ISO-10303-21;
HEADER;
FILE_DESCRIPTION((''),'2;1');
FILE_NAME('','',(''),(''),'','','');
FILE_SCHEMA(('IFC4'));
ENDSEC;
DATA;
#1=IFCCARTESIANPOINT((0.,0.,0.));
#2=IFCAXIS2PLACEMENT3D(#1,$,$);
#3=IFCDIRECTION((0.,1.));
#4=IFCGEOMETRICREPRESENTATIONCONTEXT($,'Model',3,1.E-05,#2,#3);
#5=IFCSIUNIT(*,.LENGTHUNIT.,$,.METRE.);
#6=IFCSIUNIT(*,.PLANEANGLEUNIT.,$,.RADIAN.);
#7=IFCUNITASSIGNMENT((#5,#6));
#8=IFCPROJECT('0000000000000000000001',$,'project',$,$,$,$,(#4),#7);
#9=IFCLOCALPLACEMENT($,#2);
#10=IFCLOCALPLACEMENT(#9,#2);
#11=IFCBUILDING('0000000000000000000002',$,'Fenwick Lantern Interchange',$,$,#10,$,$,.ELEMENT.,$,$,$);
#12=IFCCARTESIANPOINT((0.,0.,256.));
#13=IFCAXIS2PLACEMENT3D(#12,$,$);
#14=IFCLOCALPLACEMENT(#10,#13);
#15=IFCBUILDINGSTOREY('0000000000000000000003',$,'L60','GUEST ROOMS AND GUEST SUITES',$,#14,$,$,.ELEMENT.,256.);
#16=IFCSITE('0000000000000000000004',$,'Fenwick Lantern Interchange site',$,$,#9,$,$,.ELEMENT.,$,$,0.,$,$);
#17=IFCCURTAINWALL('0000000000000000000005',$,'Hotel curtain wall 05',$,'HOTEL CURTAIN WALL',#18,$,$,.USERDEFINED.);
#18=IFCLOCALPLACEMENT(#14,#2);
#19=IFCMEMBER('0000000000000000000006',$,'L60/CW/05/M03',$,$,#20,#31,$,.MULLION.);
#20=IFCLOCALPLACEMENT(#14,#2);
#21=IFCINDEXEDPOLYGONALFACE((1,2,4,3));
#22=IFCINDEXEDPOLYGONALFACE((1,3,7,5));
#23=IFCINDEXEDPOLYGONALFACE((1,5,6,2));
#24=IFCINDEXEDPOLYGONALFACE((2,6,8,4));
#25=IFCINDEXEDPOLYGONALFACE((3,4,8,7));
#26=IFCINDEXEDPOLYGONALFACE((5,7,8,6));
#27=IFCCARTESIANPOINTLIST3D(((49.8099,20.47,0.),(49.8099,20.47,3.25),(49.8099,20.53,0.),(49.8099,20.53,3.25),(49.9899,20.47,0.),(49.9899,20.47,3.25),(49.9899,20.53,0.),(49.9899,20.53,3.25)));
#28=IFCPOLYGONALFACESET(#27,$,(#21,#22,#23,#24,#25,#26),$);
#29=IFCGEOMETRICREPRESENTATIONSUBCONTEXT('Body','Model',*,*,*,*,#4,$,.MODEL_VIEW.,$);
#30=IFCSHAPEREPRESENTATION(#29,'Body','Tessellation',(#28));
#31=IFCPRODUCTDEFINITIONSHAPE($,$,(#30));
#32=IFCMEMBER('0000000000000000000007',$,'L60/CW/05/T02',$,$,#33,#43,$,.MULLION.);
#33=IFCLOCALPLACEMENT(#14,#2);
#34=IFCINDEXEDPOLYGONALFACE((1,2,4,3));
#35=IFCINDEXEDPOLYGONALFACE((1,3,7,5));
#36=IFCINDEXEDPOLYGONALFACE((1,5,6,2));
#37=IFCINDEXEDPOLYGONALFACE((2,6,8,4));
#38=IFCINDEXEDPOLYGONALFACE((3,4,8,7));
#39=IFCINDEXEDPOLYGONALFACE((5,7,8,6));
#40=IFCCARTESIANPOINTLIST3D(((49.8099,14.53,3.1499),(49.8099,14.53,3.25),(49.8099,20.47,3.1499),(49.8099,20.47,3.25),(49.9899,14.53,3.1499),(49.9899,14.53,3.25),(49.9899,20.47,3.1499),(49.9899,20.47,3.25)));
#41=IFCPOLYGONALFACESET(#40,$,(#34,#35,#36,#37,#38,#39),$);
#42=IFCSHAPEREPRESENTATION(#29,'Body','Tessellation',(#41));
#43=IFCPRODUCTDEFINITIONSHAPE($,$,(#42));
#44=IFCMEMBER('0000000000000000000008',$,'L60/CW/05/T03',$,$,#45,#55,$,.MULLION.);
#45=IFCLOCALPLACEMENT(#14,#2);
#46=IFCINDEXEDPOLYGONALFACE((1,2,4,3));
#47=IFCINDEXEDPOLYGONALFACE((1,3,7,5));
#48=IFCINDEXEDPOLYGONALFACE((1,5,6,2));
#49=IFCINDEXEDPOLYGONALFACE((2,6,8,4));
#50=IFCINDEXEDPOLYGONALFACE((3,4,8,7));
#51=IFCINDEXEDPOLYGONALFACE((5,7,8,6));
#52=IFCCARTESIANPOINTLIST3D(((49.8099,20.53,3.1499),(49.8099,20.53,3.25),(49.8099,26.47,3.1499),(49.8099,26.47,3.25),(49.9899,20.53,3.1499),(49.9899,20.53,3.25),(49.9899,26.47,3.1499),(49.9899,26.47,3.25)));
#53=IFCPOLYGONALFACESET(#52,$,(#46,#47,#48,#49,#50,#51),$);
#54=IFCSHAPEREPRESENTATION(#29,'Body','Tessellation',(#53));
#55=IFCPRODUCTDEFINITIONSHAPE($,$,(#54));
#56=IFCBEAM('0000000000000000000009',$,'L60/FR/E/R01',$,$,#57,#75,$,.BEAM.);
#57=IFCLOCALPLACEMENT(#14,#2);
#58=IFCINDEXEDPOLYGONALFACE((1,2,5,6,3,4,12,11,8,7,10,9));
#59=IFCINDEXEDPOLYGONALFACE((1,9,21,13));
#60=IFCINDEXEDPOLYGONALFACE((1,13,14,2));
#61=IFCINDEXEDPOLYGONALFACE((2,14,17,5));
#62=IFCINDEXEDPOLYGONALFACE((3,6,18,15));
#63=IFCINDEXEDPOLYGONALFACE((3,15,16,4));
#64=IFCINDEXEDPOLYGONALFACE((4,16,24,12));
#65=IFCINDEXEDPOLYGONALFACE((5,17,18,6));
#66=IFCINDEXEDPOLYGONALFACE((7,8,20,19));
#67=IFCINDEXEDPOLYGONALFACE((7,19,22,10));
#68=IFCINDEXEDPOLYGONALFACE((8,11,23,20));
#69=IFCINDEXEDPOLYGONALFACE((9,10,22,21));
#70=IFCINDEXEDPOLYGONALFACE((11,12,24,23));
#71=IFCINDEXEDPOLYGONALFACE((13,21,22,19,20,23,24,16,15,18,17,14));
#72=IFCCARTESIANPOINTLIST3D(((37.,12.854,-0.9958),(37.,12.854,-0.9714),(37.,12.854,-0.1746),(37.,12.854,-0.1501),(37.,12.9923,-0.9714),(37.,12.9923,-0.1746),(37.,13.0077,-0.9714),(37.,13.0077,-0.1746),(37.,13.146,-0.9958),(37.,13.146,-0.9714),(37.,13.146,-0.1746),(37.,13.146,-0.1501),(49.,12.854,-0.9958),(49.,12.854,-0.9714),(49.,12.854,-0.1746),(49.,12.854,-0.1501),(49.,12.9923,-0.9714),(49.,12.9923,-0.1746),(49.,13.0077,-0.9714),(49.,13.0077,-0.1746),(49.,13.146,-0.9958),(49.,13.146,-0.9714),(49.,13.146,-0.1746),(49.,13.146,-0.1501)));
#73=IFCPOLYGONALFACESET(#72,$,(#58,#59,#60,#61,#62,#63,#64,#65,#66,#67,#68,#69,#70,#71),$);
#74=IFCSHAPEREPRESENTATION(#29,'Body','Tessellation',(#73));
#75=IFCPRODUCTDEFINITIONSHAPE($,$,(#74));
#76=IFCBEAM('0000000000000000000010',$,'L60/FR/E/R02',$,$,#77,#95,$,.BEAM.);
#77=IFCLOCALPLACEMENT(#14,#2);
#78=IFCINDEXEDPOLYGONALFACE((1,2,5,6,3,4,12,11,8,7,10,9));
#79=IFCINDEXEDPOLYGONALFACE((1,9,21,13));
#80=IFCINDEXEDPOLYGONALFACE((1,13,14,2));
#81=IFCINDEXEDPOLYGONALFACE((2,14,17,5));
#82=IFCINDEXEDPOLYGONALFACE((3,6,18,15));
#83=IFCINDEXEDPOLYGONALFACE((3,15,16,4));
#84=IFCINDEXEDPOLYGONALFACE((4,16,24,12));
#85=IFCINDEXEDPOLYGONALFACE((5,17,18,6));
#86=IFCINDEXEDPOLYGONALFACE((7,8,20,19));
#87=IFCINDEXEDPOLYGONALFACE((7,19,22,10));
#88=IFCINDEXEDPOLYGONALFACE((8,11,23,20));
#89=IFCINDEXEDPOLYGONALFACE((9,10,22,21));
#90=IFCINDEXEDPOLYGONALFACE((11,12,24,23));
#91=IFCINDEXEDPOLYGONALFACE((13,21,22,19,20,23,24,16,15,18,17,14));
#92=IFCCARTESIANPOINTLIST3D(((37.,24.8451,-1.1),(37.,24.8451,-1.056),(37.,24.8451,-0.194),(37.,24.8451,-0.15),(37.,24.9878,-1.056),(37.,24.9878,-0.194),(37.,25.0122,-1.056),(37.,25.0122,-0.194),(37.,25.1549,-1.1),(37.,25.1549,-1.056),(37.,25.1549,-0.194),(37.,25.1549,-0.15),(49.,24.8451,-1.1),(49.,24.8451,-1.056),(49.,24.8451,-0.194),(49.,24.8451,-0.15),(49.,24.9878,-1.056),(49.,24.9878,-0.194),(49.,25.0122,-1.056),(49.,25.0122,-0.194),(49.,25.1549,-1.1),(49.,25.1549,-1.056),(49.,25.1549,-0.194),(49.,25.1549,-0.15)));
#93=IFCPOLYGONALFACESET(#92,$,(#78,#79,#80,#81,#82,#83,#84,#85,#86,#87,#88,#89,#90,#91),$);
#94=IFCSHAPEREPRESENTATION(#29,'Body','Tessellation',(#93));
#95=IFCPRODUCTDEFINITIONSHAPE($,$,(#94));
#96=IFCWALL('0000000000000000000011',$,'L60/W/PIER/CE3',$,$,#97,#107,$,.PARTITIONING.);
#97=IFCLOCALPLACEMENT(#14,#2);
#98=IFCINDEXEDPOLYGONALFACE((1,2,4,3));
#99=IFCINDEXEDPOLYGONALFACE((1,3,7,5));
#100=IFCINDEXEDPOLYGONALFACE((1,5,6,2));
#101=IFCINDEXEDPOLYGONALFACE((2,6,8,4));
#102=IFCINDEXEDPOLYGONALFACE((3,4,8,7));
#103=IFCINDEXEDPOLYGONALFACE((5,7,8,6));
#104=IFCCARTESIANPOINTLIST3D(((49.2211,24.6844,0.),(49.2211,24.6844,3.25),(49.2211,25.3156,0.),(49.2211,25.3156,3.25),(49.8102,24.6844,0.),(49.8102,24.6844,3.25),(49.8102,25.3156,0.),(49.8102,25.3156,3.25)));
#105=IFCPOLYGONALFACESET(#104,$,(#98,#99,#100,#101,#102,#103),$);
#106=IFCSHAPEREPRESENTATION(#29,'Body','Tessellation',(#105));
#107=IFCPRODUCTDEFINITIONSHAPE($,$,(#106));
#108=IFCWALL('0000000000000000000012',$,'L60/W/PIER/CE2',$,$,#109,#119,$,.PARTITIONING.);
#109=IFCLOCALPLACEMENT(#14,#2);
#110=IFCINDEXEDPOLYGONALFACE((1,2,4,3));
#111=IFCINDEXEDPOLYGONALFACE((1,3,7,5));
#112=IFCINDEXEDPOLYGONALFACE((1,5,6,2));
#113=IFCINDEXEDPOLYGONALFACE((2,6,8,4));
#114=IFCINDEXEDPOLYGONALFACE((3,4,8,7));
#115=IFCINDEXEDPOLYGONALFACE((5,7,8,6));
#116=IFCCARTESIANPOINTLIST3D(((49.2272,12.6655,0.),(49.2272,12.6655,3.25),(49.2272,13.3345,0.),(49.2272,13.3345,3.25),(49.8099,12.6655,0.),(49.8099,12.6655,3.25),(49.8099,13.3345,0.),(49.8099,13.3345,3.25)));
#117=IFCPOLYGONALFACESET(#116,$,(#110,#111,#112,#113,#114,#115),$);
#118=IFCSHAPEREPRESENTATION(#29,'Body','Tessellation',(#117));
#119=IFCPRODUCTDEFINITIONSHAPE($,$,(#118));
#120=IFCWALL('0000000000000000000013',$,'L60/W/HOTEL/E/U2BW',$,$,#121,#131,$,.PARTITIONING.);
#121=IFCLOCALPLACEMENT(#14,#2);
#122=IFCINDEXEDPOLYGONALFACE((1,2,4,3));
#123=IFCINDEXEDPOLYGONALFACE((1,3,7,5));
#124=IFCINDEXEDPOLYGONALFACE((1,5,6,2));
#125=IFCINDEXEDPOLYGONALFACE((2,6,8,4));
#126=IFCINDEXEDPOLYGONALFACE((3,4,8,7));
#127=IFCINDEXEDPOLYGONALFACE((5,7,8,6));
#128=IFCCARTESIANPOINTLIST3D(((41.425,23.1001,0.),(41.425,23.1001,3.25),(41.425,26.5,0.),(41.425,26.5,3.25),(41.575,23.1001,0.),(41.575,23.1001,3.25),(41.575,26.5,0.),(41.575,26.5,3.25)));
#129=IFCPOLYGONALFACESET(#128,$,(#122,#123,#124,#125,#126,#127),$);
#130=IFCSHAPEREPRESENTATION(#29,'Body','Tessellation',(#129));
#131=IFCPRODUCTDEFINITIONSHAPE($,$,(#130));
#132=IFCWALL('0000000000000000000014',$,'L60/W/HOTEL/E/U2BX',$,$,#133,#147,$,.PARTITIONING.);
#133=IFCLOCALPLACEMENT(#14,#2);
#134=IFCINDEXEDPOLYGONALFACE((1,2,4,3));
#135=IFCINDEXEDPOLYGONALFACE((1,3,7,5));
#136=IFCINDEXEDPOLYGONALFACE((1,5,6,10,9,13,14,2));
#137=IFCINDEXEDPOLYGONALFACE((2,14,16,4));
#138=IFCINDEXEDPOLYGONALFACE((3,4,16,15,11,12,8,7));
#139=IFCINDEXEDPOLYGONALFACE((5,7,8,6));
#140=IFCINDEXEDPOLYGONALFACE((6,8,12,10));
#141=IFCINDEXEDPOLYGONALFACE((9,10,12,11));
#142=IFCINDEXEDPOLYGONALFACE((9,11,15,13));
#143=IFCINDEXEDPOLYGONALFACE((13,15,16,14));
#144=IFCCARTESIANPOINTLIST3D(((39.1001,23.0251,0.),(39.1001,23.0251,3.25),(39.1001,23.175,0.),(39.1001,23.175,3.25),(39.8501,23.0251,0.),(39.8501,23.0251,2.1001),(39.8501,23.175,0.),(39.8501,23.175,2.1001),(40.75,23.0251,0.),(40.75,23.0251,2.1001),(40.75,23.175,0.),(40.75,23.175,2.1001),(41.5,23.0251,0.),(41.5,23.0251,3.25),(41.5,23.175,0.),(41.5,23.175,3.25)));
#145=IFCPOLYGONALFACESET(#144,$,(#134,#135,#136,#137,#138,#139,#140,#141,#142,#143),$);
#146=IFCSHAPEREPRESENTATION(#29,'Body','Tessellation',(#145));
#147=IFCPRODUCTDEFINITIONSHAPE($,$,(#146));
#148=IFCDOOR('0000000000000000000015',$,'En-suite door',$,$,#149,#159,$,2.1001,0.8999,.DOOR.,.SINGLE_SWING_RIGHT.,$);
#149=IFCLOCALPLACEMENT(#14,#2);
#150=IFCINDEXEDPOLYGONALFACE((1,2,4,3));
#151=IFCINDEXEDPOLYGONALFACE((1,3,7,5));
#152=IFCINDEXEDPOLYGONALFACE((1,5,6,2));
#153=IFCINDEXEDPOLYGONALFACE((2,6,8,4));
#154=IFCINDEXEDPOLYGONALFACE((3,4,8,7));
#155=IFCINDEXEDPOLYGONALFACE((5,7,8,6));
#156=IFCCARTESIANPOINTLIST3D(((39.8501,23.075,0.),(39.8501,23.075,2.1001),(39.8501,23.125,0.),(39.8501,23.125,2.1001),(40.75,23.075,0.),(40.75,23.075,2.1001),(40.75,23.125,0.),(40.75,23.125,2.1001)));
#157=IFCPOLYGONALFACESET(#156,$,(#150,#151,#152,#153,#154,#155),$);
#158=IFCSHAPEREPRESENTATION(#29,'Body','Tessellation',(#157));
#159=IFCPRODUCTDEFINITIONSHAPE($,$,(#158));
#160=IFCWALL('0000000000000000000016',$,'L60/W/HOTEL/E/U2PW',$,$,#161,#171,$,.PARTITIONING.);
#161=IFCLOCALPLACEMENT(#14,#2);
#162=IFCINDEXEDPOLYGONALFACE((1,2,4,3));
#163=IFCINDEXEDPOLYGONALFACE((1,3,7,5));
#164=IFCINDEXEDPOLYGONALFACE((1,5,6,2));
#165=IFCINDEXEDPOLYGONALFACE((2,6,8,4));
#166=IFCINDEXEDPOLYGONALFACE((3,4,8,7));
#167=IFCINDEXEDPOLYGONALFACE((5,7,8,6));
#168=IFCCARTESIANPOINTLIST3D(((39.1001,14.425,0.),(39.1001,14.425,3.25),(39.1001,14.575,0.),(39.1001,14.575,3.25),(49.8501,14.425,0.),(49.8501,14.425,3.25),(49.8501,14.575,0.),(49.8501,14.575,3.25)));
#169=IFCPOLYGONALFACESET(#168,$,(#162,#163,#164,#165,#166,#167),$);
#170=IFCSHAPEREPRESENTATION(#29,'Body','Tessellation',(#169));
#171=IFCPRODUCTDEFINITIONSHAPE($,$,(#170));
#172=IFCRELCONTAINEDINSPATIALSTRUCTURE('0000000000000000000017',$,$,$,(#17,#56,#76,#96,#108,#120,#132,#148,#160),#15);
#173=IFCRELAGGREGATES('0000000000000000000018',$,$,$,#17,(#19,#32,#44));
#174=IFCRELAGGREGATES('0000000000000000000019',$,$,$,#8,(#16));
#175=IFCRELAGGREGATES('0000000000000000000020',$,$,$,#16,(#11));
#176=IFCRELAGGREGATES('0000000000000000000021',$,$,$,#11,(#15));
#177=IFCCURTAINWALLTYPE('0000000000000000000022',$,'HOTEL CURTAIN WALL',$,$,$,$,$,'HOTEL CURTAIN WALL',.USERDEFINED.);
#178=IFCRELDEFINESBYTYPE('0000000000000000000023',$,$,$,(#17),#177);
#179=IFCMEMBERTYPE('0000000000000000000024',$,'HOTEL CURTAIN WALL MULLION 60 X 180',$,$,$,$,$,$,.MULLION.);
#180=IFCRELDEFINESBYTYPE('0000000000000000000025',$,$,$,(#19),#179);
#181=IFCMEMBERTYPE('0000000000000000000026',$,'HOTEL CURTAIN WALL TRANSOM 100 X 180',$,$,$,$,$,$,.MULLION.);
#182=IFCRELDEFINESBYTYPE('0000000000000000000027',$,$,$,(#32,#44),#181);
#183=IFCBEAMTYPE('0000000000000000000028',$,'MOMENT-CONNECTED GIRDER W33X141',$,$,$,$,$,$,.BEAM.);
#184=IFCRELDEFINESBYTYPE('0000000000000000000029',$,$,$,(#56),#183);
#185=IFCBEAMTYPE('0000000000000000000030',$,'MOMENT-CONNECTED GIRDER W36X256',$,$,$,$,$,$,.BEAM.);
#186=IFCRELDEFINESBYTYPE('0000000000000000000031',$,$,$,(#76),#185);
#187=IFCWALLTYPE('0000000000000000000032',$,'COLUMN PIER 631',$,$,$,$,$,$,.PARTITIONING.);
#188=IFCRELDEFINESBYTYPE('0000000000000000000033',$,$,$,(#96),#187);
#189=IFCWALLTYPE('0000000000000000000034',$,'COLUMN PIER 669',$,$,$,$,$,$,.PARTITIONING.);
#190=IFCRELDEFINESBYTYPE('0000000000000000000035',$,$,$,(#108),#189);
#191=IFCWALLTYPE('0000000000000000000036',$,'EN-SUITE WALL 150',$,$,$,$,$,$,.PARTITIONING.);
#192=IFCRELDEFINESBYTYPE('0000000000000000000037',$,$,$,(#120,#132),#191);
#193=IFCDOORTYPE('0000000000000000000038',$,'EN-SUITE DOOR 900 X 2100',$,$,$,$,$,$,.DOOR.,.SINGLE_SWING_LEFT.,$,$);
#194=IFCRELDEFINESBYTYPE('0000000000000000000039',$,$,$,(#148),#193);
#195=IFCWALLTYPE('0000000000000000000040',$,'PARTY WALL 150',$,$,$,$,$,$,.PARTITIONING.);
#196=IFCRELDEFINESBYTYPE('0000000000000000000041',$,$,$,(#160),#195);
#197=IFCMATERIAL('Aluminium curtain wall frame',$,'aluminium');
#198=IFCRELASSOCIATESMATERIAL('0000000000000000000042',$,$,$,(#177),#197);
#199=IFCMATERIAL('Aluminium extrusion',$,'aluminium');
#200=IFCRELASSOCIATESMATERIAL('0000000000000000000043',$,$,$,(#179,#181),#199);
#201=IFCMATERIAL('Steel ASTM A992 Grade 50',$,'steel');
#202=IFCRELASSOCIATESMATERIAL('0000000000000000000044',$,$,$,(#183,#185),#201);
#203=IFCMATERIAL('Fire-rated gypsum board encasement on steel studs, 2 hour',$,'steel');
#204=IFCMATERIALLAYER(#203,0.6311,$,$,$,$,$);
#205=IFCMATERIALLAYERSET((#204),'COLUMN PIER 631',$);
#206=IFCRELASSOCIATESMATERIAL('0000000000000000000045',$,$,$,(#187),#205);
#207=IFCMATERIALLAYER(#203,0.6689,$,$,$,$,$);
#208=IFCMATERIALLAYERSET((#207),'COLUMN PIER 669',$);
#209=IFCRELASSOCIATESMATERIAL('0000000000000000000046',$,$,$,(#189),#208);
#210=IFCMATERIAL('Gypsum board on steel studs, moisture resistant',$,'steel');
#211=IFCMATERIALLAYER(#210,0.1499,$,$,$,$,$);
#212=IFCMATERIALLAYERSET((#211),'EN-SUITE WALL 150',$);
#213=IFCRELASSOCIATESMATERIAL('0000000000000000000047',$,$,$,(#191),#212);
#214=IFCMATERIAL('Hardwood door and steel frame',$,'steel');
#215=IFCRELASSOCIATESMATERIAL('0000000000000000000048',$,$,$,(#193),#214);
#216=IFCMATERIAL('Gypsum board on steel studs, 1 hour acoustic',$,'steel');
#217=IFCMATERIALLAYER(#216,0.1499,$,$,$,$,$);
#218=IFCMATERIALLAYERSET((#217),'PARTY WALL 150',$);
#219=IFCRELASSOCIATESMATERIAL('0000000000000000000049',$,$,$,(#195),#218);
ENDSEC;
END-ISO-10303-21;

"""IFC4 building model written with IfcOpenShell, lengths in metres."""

from ifc_helpers import new_model, si_unit, direction, frame, frame_2d, origin, origin_2d, place, context, subcontext, project, spatial, rectangle, i_section, extrude, material, layer, layer_set, material_profile, profile_set, type_object, element, fill, aggregate, save


model = new_model("IFC4")

# Units and contexts
model_context = context("Model", 3, precision=1e-05, world=origin(), true_north=direction((0.0, 1.0)))
body_context = subcontext(model_context, "Body", "Model", "MODEL_VIEW")
ifc_project = project(units=[si_unit("LENGTHUNIT", "METRE"), si_unit("PLANEANGLEUNIT", "RADIAN")], contexts=[model_context])

# Site, building, storey
site_placement = place(None, origin())
site = spatial("IfcSite", under=ifc_project, at=site_placement, Name="Fenwick Lantern Interchange site", CompositionType="ELEMENT", RefElevation=0.0)
building_placement = place(site_placement, origin())
building = spatial("IfcBuilding", under=site, at=building_placement, Name="Fenwick Lantern Interchange", CompositionType="ELEMENT")
storey_placement = place(building_placement, frame((0.0, 0.0, 256.0)))
storey = spatial("IfcBuildingStorey", under=building, at=storey_placement, Name="L60", Description="GUEST ROOMS AND GUEST SUITES", CompositionType="ELEMENT", Elevation=256.0)

# Shared definitions
ifc_material_1 = material(Name="Steel ASTM A992 Grade 50", Category="steel")

# Curtain wall, members
ifc_material_2 = material(Name="Aluminium curtain wall frame", Category="aluminium")
curtain_wall_type = type_object("IfcCurtainWallType", Name="HOTEL CURTAIN WALL", ElementType="HOTEL CURTAIN WALL", PredefinedType="USERDEFINED", material=ifc_material_2)
curtain_wall_placement = place(storey_placement, origin())
curtain_wall = element("IfcCurtainWall", 1, at=curtain_wall_placement, inside=storey, type_object=curtain_wall_type, Name="Hotel curtain wall 05", ObjectType="HOTEL CURTAIN WALL", PredefinedType="USERDEFINED")
ifc_material_3 = material(Name="Aluminium extrusion", Category="aluminium")
ifc_material_profile_1 = material_profile(ifc_material_3, rectangle(XDim=0.1799, YDim=0.0601, at=origin_2d()), Name="HOTEL CURTAIN WALL MULLION 60 X 180")
ifc_profile_set_1 = profile_set([ifc_material_profile_1], Name="Aluminium extrusion")
member_type_1 = type_object("IfcMemberType", Name="HOTEL CURTAIN WALL MULLION 60 X 180", PredefinedType="MULLION", material=ifc_profile_set_1)
member_1_placement = place(storey_placement, frame((49.8999, 20.5, 0.0), z_axis=(0.0, 0.0, 1.0), x_axis=(-1.0, 0.0, 0.0)))
member_1 = element("IfcMember", 2, at=member_1_placement, type_object=member_type_1, Name="L60/CW/05/M03", PredefinedType="MULLION", context=body_context, shape_type="SweptSolid", body=[
    extrude(rectangle(XDim=0.1799, YDim=0.0601, at=origin_2d()), origin(), (0.0, 0.0, 1.0), 3.25),
])
ifc_material_profile_2 = material_profile(ifc_material_3, rectangle(XDim=0.1799, YDim=0.1001, at=origin_2d()), Name="HOTEL CURTAIN WALL TRANSOM 100 X 180")
ifc_profile_set_2 = profile_set([ifc_material_profile_2], Name="Aluminium extrusion")
member_type_2 = type_object("IfcMemberType", Name="HOTEL CURTAIN WALL TRANSOM 100 X 180", PredefinedType="MULLION", material=ifc_profile_set_2)
member_2_placement = place(storey_placement, frame((49.8999, 14.53, 3.2), z_axis=(0.0, 1.0, 0.0), x_axis=(-1.0, 0.0, 0.0)))
member_2 = element("IfcMember", 3, at=member_2_placement, type_object=member_type_2, Name="L60/CW/05/T02", PredefinedType="MULLION", context=body_context, shape_type="SweptSolid", body=[
    extrude(rectangle(XDim=0.1799, YDim=0.1001, at=origin_2d()), origin(), (0.0, 0.0, 1.0), 5.9399),
])
member_3_placement = place(storey_placement, frame((49.8999, 20.53, 3.2), z_axis=(0.0, 1.0, 0.0), x_axis=(-1.0, 0.0, 0.0)))
member_3 = element("IfcMember", 4, at=member_3_placement, type_object=member_type_2, Name="L60/CW/05/T03", PredefinedType="MULLION", context=body_context, shape_type="SweptSolid", body=[
    extrude(rectangle(XDim=0.1799, YDim=0.1001, at=origin_2d()), origin(), (0.0, 0.0, 1.0), 5.9399),
])
aggregate(curtain_wall, [member_1, member_2, member_3])

# Beams
ifc_material_profile_3 = material_profile(ifc_material_1, i_section(OverallWidth=0.292, OverallDepth=0.8457, WebThickness=0.0154, FlangeThickness=0.0244, at=origin_2d()), Name="W33X141")
ifc_profile_set_3 = profile_set([ifc_material_profile_3], Name="Steel ASTM A992 Grade 50")
beam_type_1 = type_object("IfcBeamType", Name="MOMENT-CONNECTED GIRDER W33X141", PredefinedType="BEAM", material=ifc_profile_set_3)
beam_1_placement = place(storey_placement, frame((49.0, 13.0, -0.573), z_axis=(-1.0, 0.0, 0.0), x_axis=(0.0, -1.0, 0.0)))
element("IfcBeam", 5, at=beam_1_placement, inside=storey, type_object=beam_type_1, Name="L60/FR/E/R01", PredefinedType="BEAM", context=body_context, shape_type="SweptSolid", body=[
    extrude(i_section(OverallWidth=0.292, OverallDepth=0.8457, WebThickness=0.0154, FlangeThickness=0.0244, at=origin_2d()), origin(), (0.0, 0.0, 1.0), 12.0),
])
ifc_material_profile_4 = material_profile(ifc_material_1, i_section(OverallWidth=0.3098, OverallDepth=0.95, WebThickness=0.0244, FlangeThickness=0.0439, at=origin_2d()), Name="W36X256")
ifc_profile_set_4 = profile_set([ifc_material_profile_4], Name="Steel ASTM A992 Grade 50")
beam_type_2 = type_object("IfcBeamType", Name="MOMENT-CONNECTED GIRDER W36X256", PredefinedType="BEAM", material=ifc_profile_set_4)
beam_2_placement = place(storey_placement, frame((49.0, 25.0, -0.625), z_axis=(-1.0, 0.0, 0.0), x_axis=(0.0, -1.0, 0.0)))
element("IfcBeam", 6, at=beam_2_placement, inside=storey, type_object=beam_type_2, Name="L60/FR/E/R02", PredefinedType="BEAM", context=body_context, shape_type="SweptSolid", body=[
    extrude(i_section(OverallWidth=0.3098, OverallDepth=0.95, WebThickness=0.0244, FlangeThickness=0.0439, at=origin_2d()), origin(), (0.0, 0.0, 1.0), 12.0),
])

# Walls
ifc_material_4 = material(Name="Fire-rated gypsum board encasement on steel studs, 2 hour", Category="steel")
ifc_layer_1 = layer(ifc_material_4, 0.6311)
ifc_layer_set_1 = layer_set([ifc_layer_1], Name="COLUMN PIER 631")
wall_type_1 = type_object("IfcWallType", Name="COLUMN PIER 631", PredefinedType="PARTITIONING", material=ifc_layer_set_1)
wall_1_placement = place(storey_placement, frame((49.8101, 25.0, 0.0), z_axis=(0.0, 0.0, 1.0), x_axis=(-1.0, 0.0, 0.0)))
element("IfcWall", 7, at=wall_1_placement, inside=storey, type_object=wall_type_1, Name="L60/W/PIER/CE3", PredefinedType="PARTITIONING", context=body_context, shape_type="SweptSolid", body=[
    extrude(rectangle(XDim=0.5891, YDim=0.6311, at=frame_2d((0.2944, 0.0))), origin(), (0.0, 0.0, 1.0), 3.25),
])
ifc_layer_2 = layer(ifc_material_4, 0.6689)
ifc_layer_set_2 = layer_set([ifc_layer_2], Name="COLUMN PIER 669")
wall_type_2 = type_object("IfcWallType", Name="COLUMN PIER 669", PredefinedType="PARTITIONING", material=ifc_layer_set_2)
wall_2_placement = place(storey_placement, frame((49.8101, 13.0, 0.0), z_axis=(0.0, 0.0, 1.0), x_axis=(-1.0, 0.0, 0.0)))
element("IfcWall", 8, at=wall_2_placement, inside=storey, type_object=wall_type_2, Name="L60/W/PIER/CE2", PredefinedType="PARTITIONING", context=body_context, shape_type="SweptSolid", body=[
    extrude(rectangle(XDim=0.5828, YDim=0.6689, at=frame_2d((0.2915, 0.0))), origin(), (0.0, 0.0, 1.0), 3.25),
])
ifc_material_5 = material(Name="Gypsum board on steel studs, moisture resistant", Category="steel")
ifc_layer_3 = layer(ifc_material_5, 0.1499)
ifc_layer_set_3 = layer_set([ifc_layer_3], Name="EN-SUITE WALL 150")
wall_type_3 = type_object("IfcWallType", Name="EN-SUITE WALL 150", PredefinedType="PARTITIONING", material=ifc_layer_set_3)
wall_3_placement = place(storey_placement, frame((41.5, 23.1001, 0.0), z_axis=(0.0, 0.0, 1.0), x_axis=(0.0, 1.0, 0.0)))
element("IfcWall", 9, at=wall_3_placement, inside=storey, type_object=wall_type_3, Name="L60/W/HOTEL/E/U2BW", PredefinedType="PARTITIONING", context=body_context, shape_type="SweptSolid", body=[
    extrude(rectangle(XDim=3.3999, YDim=0.1499, at=frame_2d((1.7, 0.0))), origin(), (0.0, 0.0, 1.0), 3.25),
])

# Wall, opening, door
wall_4_placement = place(storey_placement, frame((41.5, 23.1001, 0.0), z_axis=(0.0, 0.0, 1.0), x_axis=(-1.0, 0.0, 0.0)))
wall_4 = element("IfcWall", 10, at=wall_4_placement, inside=storey, type_object=wall_type_3, Name="L60/W/HOTEL/E/U2BX", PredefinedType="PARTITIONING", context=body_context, shape_type="SweptSolid", body=[
    extrude(rectangle(XDim=2.3999, YDim=0.1499, at=frame_2d((1.2, 0.0))), origin(), (0.0, 0.0, 1.0), 3.25),
])
opening_placement = place(wall_4_placement, frame((0.75, 0.0, 0.0)))
opening = element("IfcOpeningElement", 11, at=opening_placement, cuts=wall_4, PredefinedType="OPENING", context=body_context, shape_type="SweptSolid", body=[
    extrude(rectangle(XDim=0.8999, YDim=2.1001, at=frame_2d((0.45, 1.05))), frame((0.0, 0.085, 0.0), z_axis=(0.0, -1.0, 0.0), x_axis=(1.0, 0.0, 0.0)), (0.0, 0.0, 1.0), 0.1699),
])
ifc_material_6 = material(Name="Hardwood door and steel frame", Category="steel")
door_type = type_object("IfcDoorType", Name="EN-SUITE DOOR 900 X 2100", OperationType="SINGLE_SWING_LEFT", PredefinedType="DOOR", material=ifc_material_6)
door_placement = place(opening_placement, frame((0.8999, 0.0, 0.0), z_axis=(0.0, 0.0, 1.0), x_axis=(-1.0, 0.0, 0.0)))
door = element("IfcDoor", 12, at=door_placement, inside=storey, type_object=door_type, Name="En-suite door", OperationType="SINGLE_SWING_RIGHT", OverallHeight=2.1001, OverallWidth=0.8999, PredefinedType="DOOR", context=body_context, shape_type="SweptSolid", body=[
    extrude(rectangle(XDim=0.8999, YDim=2.1001, at=frame_2d((0.45, 1.05))), frame((0.0, 0.0249, 0.0), z_axis=(0.0, -1.0, 0.0), x_axis=(1.0, 0.0, 0.0)), (0.0, 0.0, 1.0), 0.05),
])
fill(opening, door)

# Wall
ifc_material_7 = material(Name="Gypsum board on steel studs, 1 hour acoustic", Category="steel")
ifc_layer_4 = layer(ifc_material_7, 0.1499)
ifc_layer_set_4 = layer_set([ifc_layer_4], Name="PARTY WALL 150")
wall_type_4 = type_object("IfcWallType", Name="PARTY WALL 150", PredefinedType="PARTITIONING", material=ifc_layer_set_4)
wall_5_placement = place(storey_placement, frame((49.8501, 14.5, 0.0), z_axis=(0.0, 0.0, 1.0), x_axis=(-1.0, 0.0, 0.0)))
element("IfcWall", 13, at=wall_5_placement, inside=storey, type_object=wall_type_4, Name="L60/W/HOTEL/E/U2PW", PredefinedType="PARTITIONING", context=body_context, shape_type="SweptSolid", body=[
    extrude(rectangle(XDim=10.75, YDim=0.1499, at=frame_2d((5.375, 0.0))), origin(), (0.0, 0.0, 1.0), 3.25),
])

save(model, "model.ifc")
